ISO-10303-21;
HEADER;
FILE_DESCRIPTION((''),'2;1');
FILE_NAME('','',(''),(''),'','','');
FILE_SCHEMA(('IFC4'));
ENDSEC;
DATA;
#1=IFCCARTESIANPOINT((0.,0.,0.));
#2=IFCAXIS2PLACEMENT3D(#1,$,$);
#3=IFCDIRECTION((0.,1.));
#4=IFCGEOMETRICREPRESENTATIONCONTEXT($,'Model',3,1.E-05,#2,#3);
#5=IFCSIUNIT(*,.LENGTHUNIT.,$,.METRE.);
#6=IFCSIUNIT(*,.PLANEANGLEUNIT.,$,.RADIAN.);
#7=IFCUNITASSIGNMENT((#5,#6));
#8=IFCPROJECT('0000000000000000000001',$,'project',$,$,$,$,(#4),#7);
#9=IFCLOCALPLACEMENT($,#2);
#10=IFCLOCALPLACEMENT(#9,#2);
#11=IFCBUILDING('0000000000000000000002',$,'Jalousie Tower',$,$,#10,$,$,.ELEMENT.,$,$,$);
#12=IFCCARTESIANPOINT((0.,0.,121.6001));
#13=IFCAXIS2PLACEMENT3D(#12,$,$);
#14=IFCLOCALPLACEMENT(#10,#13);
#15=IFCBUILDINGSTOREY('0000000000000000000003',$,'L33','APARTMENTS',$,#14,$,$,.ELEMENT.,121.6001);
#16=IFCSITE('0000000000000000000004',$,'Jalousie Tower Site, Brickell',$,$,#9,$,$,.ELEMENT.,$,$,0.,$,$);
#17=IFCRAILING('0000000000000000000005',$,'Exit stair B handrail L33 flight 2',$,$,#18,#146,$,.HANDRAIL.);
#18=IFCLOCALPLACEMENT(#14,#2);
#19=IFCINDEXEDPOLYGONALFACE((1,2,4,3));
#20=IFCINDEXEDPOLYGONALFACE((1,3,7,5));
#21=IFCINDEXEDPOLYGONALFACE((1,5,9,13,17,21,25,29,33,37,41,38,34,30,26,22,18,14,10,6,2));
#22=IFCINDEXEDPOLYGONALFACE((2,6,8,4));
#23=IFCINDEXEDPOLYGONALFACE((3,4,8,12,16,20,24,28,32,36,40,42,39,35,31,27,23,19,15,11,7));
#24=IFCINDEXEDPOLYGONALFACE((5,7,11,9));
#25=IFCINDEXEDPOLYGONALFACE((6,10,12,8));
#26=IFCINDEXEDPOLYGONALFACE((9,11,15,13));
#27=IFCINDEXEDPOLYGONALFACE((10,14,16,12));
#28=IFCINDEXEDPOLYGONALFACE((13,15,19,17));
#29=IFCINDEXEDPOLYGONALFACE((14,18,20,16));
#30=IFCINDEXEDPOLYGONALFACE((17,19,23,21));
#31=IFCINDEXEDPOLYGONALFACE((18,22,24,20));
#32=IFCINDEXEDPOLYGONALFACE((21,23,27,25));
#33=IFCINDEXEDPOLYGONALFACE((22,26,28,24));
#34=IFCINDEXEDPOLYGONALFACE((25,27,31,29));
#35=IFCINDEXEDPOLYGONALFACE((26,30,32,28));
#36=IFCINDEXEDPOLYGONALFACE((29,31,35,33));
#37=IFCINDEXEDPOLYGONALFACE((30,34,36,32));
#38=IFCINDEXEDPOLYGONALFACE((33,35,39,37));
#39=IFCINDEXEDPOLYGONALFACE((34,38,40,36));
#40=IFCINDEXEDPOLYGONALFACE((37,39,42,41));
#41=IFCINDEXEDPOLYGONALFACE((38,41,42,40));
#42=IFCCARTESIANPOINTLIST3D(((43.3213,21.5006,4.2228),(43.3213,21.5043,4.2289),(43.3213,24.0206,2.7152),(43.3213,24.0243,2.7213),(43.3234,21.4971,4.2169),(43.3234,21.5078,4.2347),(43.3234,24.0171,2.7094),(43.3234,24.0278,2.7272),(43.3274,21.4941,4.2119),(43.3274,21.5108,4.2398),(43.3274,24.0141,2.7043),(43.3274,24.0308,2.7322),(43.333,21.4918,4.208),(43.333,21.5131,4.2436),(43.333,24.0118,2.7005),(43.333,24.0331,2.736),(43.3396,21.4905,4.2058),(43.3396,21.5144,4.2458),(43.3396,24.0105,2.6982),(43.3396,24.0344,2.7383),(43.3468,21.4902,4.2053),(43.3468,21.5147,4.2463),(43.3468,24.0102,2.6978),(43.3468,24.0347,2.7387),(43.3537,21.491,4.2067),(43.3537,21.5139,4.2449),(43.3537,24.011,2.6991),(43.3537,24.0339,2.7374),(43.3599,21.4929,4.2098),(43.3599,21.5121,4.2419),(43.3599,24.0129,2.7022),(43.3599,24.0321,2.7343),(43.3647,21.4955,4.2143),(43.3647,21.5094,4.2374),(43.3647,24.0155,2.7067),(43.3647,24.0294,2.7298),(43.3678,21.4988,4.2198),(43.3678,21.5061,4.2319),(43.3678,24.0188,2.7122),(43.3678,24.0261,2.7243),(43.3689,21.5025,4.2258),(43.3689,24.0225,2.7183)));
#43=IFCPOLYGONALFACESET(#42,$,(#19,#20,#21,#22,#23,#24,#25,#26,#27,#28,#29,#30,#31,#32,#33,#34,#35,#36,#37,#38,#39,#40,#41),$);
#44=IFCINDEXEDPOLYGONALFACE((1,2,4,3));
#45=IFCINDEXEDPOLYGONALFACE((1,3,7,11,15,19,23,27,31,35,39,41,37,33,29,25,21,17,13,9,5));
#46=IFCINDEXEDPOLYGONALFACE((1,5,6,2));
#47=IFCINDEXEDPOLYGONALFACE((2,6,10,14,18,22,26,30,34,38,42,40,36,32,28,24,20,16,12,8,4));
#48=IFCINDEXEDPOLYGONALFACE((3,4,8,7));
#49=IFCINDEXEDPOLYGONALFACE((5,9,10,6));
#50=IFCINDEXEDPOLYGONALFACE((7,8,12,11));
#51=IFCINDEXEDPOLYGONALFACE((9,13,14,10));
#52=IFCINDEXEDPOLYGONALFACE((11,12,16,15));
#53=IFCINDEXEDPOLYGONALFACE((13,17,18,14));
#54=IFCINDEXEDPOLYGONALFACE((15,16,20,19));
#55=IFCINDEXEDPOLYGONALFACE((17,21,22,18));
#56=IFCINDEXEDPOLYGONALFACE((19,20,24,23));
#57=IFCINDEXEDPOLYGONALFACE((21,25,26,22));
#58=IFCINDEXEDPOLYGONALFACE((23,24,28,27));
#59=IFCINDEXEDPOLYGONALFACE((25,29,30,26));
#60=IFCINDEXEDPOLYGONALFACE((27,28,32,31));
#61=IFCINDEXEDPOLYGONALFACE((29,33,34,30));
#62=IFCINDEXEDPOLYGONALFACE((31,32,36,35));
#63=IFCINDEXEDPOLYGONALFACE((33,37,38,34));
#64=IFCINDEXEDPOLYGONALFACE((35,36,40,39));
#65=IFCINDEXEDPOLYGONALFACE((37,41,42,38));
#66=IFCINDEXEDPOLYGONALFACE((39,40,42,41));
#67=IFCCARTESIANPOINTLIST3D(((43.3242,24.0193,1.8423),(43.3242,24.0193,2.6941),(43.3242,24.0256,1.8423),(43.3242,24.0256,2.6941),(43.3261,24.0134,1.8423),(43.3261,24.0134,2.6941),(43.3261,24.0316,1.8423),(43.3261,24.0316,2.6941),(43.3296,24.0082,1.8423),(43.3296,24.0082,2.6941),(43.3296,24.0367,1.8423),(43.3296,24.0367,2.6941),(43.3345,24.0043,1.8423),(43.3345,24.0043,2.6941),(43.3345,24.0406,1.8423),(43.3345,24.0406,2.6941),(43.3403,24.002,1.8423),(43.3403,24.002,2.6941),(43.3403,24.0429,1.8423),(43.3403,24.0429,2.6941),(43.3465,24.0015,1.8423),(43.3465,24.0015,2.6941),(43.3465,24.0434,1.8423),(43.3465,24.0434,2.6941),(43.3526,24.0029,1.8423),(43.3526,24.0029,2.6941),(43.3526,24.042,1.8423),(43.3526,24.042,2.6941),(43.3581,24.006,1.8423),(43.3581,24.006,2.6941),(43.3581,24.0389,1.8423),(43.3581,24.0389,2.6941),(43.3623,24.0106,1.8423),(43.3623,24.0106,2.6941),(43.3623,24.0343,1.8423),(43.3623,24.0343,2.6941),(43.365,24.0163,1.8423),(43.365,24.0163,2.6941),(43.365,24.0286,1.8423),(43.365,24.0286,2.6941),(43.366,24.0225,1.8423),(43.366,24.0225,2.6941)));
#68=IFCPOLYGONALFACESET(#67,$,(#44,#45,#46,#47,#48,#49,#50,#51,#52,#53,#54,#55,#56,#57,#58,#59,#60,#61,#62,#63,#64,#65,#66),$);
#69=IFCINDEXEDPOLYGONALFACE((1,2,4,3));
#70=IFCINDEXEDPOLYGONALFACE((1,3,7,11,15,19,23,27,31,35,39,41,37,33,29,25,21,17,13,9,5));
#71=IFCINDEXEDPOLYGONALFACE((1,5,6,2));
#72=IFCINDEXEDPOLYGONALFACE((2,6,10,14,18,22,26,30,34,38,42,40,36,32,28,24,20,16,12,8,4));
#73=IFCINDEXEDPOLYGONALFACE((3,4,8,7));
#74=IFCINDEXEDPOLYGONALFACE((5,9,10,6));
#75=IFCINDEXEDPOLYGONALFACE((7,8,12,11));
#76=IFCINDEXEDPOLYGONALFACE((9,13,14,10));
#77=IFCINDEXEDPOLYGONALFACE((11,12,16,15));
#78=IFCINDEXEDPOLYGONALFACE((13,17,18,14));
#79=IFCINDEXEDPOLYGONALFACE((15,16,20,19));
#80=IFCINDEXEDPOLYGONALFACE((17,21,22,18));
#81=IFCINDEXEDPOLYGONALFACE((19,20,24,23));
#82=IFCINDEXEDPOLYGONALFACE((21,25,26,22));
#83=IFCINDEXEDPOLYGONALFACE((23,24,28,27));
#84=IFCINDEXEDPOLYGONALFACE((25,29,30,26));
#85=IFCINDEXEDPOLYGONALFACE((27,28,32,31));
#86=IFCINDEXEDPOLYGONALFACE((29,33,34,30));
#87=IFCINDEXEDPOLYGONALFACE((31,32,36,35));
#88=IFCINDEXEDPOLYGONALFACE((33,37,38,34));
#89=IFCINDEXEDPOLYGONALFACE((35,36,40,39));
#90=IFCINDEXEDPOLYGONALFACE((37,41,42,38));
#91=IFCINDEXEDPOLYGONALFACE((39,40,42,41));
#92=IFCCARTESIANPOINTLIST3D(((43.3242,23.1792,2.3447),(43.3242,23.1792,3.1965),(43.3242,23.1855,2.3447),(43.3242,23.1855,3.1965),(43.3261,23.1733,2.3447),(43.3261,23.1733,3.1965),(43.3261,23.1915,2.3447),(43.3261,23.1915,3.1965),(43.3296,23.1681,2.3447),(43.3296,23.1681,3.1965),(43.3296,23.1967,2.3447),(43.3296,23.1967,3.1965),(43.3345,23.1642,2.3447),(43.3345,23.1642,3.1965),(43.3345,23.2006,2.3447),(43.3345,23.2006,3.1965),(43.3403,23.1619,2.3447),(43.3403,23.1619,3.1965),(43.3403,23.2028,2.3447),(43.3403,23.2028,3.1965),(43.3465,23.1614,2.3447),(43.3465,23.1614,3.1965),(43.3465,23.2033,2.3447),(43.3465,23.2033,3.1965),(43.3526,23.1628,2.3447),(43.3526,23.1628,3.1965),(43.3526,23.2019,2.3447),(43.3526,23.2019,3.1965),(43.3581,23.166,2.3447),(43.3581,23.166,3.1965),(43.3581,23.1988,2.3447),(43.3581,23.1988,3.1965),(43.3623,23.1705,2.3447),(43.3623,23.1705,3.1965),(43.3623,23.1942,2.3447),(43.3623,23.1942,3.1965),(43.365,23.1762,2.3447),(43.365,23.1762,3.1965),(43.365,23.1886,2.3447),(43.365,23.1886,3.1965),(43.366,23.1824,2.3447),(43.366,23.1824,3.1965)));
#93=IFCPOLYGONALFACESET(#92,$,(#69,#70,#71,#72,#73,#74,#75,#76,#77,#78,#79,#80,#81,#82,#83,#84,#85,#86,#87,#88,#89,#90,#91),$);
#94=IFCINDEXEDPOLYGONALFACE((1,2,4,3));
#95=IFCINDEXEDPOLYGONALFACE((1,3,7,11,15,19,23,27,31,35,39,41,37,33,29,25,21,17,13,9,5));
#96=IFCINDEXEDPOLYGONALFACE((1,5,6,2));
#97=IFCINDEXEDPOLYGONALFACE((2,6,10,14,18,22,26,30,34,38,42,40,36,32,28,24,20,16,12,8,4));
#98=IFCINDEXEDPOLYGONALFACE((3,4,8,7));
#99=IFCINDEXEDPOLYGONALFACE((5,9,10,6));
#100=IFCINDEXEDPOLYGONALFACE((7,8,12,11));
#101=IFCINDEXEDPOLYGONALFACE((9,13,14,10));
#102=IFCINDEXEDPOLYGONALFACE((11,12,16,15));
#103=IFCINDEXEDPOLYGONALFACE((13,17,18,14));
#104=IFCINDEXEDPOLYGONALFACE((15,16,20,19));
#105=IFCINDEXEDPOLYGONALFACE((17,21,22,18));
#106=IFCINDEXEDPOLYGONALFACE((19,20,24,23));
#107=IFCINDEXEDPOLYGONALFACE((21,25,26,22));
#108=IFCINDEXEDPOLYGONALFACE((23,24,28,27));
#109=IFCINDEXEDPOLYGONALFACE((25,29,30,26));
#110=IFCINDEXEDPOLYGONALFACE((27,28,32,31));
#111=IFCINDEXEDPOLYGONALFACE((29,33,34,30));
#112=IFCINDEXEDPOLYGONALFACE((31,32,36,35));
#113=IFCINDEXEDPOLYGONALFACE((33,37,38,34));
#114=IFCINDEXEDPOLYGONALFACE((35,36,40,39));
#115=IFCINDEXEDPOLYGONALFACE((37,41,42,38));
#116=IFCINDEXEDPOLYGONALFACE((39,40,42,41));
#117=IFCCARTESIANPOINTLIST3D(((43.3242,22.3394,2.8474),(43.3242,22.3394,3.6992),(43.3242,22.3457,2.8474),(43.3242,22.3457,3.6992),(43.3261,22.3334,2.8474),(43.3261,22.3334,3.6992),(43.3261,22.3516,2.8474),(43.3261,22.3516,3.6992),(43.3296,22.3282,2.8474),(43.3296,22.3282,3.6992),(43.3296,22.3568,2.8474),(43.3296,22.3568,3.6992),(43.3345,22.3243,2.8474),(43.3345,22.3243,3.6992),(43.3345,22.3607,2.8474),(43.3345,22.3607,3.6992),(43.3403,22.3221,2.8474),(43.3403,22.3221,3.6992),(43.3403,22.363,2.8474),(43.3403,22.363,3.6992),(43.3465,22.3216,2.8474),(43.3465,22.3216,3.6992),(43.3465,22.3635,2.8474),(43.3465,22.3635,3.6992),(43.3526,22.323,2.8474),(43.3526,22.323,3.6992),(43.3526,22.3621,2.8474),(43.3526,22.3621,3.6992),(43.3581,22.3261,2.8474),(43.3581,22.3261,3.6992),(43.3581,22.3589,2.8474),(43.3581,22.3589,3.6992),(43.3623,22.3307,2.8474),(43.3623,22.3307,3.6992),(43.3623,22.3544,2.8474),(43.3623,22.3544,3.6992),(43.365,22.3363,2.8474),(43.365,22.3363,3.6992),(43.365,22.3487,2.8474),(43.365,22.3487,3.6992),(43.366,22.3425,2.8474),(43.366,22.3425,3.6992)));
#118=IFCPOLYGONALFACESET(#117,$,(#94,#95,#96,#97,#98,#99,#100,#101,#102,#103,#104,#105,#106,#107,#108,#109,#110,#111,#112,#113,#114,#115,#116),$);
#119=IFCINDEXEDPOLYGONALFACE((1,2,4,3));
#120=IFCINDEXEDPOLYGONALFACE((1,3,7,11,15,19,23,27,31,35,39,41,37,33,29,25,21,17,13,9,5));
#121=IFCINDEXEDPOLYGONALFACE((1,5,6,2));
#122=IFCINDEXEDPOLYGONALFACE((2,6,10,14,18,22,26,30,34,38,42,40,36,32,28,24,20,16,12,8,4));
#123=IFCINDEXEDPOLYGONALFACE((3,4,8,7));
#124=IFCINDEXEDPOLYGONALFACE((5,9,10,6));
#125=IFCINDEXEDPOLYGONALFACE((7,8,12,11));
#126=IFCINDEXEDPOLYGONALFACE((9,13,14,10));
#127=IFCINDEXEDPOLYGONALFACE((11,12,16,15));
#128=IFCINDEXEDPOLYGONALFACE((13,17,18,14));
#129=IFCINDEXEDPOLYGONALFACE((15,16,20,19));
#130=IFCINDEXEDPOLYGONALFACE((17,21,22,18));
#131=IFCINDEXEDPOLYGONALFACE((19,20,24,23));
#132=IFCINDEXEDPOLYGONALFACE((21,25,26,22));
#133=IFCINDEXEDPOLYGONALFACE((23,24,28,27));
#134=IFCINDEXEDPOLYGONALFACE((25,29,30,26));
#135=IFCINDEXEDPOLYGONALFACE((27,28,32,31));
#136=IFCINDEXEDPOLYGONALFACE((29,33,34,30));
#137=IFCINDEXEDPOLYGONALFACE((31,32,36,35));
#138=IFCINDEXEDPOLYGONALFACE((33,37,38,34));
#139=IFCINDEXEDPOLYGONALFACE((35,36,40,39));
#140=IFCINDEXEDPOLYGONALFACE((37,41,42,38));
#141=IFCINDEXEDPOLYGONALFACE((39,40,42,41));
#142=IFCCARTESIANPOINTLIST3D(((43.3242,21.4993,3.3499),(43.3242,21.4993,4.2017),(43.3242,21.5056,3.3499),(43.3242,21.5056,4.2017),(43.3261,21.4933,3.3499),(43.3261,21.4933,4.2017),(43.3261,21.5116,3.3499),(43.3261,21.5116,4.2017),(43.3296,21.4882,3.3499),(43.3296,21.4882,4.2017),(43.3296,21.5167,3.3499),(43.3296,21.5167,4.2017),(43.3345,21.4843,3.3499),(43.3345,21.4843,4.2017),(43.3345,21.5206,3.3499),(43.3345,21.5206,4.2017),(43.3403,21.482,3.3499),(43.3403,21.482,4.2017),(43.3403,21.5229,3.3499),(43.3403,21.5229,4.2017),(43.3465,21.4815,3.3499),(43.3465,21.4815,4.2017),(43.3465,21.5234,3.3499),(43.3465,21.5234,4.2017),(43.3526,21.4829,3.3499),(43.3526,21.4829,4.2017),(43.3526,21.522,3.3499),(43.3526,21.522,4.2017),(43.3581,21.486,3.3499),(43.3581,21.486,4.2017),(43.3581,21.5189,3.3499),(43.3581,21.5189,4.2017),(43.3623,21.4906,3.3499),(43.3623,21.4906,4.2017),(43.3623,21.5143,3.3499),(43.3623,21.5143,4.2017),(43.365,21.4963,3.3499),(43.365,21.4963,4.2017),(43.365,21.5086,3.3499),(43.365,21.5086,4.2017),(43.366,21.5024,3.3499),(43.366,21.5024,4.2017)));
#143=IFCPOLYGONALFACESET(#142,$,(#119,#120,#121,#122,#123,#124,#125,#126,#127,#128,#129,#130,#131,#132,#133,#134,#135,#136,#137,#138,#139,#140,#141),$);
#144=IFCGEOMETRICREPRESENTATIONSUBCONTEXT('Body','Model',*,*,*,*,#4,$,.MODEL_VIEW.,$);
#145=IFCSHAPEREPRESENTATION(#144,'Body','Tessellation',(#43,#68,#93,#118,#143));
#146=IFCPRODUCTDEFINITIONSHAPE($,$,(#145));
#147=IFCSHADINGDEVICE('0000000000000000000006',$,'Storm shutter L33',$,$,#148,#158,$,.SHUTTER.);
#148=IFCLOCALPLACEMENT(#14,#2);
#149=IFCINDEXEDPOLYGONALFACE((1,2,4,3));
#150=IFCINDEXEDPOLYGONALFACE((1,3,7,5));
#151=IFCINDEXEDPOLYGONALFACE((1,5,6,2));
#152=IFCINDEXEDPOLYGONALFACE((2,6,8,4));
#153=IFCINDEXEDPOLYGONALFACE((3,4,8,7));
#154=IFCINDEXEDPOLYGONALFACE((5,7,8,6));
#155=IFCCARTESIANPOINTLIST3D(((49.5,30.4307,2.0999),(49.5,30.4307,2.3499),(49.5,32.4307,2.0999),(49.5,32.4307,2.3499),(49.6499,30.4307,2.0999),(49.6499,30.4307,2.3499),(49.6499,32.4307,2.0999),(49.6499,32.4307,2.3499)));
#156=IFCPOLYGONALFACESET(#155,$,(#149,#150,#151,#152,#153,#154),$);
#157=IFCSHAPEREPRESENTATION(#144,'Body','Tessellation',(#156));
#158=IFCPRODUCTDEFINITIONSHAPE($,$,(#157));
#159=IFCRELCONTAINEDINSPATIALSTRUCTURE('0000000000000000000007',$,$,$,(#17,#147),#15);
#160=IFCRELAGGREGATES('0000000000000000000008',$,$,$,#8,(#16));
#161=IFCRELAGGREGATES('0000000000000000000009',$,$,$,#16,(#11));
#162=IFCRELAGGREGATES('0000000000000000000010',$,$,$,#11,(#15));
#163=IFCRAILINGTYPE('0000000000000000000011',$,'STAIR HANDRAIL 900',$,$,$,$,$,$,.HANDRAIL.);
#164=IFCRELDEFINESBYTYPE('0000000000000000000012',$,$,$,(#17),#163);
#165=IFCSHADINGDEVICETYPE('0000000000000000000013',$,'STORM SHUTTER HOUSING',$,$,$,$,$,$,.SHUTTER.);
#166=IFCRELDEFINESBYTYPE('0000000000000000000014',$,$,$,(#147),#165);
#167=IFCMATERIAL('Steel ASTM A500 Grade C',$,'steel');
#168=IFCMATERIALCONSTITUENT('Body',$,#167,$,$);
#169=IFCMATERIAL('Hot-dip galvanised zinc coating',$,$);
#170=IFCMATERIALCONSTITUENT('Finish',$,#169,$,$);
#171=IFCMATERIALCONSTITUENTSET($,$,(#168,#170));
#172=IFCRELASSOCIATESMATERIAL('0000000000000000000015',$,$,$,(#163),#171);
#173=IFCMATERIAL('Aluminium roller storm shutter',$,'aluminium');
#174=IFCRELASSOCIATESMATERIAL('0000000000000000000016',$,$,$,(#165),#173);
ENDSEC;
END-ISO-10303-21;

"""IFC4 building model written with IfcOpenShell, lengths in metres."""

from ifc_helpers import new_model, si_unit, direction, frame, origin, origin_2d, place, context, subcontext, project, spatial, rectangle, circle, extrude, material, constituent, constituent_set, type_object, element, save


model = new_model("IFC4")

# Units and contexts
model_context = context("Model", 3, precision=1e-05, world=origin(), true_north=direction((0.0, 1.0)))
body_context = subcontext(model_context, "Body", "Model", "MODEL_VIEW")
ifc_project = project(units=[si_unit("LENGTHUNIT", "METRE"), si_unit("PLANEANGLEUNIT", "RADIAN")], contexts=[model_context])

# Site, building, storey
site_placement = place(None, origin())
site = spatial("IfcSite", under=ifc_project, at=site_placement, Name="Jalousie Tower Site, Brickell", CompositionType="ELEMENT", RefElevation=0.0)
building_placement = place(site_placement, origin())
building = spatial("IfcBuilding", under=site, at=building_placement, Name="Jalousie Tower", CompositionType="ELEMENT")
storey_placement = place(building_placement, frame((0.0, 0.0, 121.6001)))
storey = spatial("IfcBuildingStorey", under=building, at=storey_placement, Name="L33", Description="APARTMENTS", CompositionType="ELEMENT", Elevation=121.6001)

# Railing
ifc_material_1 = material(Name="Steel ASTM A500 Grade C", Category="steel")
ifc_constituent_1 = constituent(ifc_material_1, Name="Body")
ifc_material_2 = material(Name="Hot-dip galvanised zinc coating")
ifc_constituent_2 = constituent(ifc_material_2, Name="Finish")
ifc_constituent_set_1 = constituent_set(constituents=[ifc_constituent_1, ifc_constituent_2])
railing_type_1 = type_object("IfcRailingType", Name="STAIR HANDRAIL 900", PredefinedType="HANDRAIL", material=ifc_constituent_set_1)
railing_1_placement = place(storey_placement, frame((43.345, 24.0225, 1.8423)))
element("IfcRailing", 1, at=railing_1_placement, inside=storey, type_object=railing_type_1, Name="Exit stair B handrail L33 flight 2", PredefinedType="HANDRAIL", context=body_context, shape_type="SweptSolid", body=[
    extrude(circle(Radius=0.0239, at=origin_2d()), frame((0.0, 0.0, 0.876), z_axis=(0.0, -0.85816, 0.513383), x_axis=(1.0, 0.0, 0.0)), (0.0, 0.0, 1.0), 2.9365),
    extrude(circle(Radius=0.021, at=origin_2d()), origin(), (0.0, 0.0, 1.0), 0.8518),
    extrude(circle(Radius=0.021, at=origin_2d()), frame((0.0, -0.8401, 0.5024)), (0.0, 0.0, 1.0), 0.8518),
    extrude(circle(Radius=0.021, at=origin_2d()), frame((0.0, -1.6799, 1.0051)), (0.0, 0.0, 1.0), 0.8518),
    extrude(circle(Radius=0.021, at=origin_2d()), frame((0.0, -2.52, 1.5076)), (0.0, 0.0, 1.0), 0.8518),
])

# Shading device
ifc_material_3 = material(Name="Aluminium roller storm shutter", Category="aluminium")
shading_device_type = type_object("IfcShadingDeviceType", Name="STORM SHUTTER HOUSING", PredefinedType="SHUTTER", material=ifc_material_3)
shading_device_placement = place(storey_placement, frame((49.575, 31.4307, 2.0999), z_axis=(0.0, 0.0, 1.0), x_axis=(0.0, 1.0, 0.0)))
element("IfcShadingDevice", 2, at=shading_device_placement, inside=storey, type_object=shading_device_type, Name="Storm shutter L33", PredefinedType="SHUTTER", context=body_context, shape_type="SweptSolid", body=[
    extrude(rectangle(XDim=2.0, YDim=0.1499, at=origin_2d()), origin(), (0.0, 0.0, 1.0), 0.25),
])

save(model, "model.ifc")
